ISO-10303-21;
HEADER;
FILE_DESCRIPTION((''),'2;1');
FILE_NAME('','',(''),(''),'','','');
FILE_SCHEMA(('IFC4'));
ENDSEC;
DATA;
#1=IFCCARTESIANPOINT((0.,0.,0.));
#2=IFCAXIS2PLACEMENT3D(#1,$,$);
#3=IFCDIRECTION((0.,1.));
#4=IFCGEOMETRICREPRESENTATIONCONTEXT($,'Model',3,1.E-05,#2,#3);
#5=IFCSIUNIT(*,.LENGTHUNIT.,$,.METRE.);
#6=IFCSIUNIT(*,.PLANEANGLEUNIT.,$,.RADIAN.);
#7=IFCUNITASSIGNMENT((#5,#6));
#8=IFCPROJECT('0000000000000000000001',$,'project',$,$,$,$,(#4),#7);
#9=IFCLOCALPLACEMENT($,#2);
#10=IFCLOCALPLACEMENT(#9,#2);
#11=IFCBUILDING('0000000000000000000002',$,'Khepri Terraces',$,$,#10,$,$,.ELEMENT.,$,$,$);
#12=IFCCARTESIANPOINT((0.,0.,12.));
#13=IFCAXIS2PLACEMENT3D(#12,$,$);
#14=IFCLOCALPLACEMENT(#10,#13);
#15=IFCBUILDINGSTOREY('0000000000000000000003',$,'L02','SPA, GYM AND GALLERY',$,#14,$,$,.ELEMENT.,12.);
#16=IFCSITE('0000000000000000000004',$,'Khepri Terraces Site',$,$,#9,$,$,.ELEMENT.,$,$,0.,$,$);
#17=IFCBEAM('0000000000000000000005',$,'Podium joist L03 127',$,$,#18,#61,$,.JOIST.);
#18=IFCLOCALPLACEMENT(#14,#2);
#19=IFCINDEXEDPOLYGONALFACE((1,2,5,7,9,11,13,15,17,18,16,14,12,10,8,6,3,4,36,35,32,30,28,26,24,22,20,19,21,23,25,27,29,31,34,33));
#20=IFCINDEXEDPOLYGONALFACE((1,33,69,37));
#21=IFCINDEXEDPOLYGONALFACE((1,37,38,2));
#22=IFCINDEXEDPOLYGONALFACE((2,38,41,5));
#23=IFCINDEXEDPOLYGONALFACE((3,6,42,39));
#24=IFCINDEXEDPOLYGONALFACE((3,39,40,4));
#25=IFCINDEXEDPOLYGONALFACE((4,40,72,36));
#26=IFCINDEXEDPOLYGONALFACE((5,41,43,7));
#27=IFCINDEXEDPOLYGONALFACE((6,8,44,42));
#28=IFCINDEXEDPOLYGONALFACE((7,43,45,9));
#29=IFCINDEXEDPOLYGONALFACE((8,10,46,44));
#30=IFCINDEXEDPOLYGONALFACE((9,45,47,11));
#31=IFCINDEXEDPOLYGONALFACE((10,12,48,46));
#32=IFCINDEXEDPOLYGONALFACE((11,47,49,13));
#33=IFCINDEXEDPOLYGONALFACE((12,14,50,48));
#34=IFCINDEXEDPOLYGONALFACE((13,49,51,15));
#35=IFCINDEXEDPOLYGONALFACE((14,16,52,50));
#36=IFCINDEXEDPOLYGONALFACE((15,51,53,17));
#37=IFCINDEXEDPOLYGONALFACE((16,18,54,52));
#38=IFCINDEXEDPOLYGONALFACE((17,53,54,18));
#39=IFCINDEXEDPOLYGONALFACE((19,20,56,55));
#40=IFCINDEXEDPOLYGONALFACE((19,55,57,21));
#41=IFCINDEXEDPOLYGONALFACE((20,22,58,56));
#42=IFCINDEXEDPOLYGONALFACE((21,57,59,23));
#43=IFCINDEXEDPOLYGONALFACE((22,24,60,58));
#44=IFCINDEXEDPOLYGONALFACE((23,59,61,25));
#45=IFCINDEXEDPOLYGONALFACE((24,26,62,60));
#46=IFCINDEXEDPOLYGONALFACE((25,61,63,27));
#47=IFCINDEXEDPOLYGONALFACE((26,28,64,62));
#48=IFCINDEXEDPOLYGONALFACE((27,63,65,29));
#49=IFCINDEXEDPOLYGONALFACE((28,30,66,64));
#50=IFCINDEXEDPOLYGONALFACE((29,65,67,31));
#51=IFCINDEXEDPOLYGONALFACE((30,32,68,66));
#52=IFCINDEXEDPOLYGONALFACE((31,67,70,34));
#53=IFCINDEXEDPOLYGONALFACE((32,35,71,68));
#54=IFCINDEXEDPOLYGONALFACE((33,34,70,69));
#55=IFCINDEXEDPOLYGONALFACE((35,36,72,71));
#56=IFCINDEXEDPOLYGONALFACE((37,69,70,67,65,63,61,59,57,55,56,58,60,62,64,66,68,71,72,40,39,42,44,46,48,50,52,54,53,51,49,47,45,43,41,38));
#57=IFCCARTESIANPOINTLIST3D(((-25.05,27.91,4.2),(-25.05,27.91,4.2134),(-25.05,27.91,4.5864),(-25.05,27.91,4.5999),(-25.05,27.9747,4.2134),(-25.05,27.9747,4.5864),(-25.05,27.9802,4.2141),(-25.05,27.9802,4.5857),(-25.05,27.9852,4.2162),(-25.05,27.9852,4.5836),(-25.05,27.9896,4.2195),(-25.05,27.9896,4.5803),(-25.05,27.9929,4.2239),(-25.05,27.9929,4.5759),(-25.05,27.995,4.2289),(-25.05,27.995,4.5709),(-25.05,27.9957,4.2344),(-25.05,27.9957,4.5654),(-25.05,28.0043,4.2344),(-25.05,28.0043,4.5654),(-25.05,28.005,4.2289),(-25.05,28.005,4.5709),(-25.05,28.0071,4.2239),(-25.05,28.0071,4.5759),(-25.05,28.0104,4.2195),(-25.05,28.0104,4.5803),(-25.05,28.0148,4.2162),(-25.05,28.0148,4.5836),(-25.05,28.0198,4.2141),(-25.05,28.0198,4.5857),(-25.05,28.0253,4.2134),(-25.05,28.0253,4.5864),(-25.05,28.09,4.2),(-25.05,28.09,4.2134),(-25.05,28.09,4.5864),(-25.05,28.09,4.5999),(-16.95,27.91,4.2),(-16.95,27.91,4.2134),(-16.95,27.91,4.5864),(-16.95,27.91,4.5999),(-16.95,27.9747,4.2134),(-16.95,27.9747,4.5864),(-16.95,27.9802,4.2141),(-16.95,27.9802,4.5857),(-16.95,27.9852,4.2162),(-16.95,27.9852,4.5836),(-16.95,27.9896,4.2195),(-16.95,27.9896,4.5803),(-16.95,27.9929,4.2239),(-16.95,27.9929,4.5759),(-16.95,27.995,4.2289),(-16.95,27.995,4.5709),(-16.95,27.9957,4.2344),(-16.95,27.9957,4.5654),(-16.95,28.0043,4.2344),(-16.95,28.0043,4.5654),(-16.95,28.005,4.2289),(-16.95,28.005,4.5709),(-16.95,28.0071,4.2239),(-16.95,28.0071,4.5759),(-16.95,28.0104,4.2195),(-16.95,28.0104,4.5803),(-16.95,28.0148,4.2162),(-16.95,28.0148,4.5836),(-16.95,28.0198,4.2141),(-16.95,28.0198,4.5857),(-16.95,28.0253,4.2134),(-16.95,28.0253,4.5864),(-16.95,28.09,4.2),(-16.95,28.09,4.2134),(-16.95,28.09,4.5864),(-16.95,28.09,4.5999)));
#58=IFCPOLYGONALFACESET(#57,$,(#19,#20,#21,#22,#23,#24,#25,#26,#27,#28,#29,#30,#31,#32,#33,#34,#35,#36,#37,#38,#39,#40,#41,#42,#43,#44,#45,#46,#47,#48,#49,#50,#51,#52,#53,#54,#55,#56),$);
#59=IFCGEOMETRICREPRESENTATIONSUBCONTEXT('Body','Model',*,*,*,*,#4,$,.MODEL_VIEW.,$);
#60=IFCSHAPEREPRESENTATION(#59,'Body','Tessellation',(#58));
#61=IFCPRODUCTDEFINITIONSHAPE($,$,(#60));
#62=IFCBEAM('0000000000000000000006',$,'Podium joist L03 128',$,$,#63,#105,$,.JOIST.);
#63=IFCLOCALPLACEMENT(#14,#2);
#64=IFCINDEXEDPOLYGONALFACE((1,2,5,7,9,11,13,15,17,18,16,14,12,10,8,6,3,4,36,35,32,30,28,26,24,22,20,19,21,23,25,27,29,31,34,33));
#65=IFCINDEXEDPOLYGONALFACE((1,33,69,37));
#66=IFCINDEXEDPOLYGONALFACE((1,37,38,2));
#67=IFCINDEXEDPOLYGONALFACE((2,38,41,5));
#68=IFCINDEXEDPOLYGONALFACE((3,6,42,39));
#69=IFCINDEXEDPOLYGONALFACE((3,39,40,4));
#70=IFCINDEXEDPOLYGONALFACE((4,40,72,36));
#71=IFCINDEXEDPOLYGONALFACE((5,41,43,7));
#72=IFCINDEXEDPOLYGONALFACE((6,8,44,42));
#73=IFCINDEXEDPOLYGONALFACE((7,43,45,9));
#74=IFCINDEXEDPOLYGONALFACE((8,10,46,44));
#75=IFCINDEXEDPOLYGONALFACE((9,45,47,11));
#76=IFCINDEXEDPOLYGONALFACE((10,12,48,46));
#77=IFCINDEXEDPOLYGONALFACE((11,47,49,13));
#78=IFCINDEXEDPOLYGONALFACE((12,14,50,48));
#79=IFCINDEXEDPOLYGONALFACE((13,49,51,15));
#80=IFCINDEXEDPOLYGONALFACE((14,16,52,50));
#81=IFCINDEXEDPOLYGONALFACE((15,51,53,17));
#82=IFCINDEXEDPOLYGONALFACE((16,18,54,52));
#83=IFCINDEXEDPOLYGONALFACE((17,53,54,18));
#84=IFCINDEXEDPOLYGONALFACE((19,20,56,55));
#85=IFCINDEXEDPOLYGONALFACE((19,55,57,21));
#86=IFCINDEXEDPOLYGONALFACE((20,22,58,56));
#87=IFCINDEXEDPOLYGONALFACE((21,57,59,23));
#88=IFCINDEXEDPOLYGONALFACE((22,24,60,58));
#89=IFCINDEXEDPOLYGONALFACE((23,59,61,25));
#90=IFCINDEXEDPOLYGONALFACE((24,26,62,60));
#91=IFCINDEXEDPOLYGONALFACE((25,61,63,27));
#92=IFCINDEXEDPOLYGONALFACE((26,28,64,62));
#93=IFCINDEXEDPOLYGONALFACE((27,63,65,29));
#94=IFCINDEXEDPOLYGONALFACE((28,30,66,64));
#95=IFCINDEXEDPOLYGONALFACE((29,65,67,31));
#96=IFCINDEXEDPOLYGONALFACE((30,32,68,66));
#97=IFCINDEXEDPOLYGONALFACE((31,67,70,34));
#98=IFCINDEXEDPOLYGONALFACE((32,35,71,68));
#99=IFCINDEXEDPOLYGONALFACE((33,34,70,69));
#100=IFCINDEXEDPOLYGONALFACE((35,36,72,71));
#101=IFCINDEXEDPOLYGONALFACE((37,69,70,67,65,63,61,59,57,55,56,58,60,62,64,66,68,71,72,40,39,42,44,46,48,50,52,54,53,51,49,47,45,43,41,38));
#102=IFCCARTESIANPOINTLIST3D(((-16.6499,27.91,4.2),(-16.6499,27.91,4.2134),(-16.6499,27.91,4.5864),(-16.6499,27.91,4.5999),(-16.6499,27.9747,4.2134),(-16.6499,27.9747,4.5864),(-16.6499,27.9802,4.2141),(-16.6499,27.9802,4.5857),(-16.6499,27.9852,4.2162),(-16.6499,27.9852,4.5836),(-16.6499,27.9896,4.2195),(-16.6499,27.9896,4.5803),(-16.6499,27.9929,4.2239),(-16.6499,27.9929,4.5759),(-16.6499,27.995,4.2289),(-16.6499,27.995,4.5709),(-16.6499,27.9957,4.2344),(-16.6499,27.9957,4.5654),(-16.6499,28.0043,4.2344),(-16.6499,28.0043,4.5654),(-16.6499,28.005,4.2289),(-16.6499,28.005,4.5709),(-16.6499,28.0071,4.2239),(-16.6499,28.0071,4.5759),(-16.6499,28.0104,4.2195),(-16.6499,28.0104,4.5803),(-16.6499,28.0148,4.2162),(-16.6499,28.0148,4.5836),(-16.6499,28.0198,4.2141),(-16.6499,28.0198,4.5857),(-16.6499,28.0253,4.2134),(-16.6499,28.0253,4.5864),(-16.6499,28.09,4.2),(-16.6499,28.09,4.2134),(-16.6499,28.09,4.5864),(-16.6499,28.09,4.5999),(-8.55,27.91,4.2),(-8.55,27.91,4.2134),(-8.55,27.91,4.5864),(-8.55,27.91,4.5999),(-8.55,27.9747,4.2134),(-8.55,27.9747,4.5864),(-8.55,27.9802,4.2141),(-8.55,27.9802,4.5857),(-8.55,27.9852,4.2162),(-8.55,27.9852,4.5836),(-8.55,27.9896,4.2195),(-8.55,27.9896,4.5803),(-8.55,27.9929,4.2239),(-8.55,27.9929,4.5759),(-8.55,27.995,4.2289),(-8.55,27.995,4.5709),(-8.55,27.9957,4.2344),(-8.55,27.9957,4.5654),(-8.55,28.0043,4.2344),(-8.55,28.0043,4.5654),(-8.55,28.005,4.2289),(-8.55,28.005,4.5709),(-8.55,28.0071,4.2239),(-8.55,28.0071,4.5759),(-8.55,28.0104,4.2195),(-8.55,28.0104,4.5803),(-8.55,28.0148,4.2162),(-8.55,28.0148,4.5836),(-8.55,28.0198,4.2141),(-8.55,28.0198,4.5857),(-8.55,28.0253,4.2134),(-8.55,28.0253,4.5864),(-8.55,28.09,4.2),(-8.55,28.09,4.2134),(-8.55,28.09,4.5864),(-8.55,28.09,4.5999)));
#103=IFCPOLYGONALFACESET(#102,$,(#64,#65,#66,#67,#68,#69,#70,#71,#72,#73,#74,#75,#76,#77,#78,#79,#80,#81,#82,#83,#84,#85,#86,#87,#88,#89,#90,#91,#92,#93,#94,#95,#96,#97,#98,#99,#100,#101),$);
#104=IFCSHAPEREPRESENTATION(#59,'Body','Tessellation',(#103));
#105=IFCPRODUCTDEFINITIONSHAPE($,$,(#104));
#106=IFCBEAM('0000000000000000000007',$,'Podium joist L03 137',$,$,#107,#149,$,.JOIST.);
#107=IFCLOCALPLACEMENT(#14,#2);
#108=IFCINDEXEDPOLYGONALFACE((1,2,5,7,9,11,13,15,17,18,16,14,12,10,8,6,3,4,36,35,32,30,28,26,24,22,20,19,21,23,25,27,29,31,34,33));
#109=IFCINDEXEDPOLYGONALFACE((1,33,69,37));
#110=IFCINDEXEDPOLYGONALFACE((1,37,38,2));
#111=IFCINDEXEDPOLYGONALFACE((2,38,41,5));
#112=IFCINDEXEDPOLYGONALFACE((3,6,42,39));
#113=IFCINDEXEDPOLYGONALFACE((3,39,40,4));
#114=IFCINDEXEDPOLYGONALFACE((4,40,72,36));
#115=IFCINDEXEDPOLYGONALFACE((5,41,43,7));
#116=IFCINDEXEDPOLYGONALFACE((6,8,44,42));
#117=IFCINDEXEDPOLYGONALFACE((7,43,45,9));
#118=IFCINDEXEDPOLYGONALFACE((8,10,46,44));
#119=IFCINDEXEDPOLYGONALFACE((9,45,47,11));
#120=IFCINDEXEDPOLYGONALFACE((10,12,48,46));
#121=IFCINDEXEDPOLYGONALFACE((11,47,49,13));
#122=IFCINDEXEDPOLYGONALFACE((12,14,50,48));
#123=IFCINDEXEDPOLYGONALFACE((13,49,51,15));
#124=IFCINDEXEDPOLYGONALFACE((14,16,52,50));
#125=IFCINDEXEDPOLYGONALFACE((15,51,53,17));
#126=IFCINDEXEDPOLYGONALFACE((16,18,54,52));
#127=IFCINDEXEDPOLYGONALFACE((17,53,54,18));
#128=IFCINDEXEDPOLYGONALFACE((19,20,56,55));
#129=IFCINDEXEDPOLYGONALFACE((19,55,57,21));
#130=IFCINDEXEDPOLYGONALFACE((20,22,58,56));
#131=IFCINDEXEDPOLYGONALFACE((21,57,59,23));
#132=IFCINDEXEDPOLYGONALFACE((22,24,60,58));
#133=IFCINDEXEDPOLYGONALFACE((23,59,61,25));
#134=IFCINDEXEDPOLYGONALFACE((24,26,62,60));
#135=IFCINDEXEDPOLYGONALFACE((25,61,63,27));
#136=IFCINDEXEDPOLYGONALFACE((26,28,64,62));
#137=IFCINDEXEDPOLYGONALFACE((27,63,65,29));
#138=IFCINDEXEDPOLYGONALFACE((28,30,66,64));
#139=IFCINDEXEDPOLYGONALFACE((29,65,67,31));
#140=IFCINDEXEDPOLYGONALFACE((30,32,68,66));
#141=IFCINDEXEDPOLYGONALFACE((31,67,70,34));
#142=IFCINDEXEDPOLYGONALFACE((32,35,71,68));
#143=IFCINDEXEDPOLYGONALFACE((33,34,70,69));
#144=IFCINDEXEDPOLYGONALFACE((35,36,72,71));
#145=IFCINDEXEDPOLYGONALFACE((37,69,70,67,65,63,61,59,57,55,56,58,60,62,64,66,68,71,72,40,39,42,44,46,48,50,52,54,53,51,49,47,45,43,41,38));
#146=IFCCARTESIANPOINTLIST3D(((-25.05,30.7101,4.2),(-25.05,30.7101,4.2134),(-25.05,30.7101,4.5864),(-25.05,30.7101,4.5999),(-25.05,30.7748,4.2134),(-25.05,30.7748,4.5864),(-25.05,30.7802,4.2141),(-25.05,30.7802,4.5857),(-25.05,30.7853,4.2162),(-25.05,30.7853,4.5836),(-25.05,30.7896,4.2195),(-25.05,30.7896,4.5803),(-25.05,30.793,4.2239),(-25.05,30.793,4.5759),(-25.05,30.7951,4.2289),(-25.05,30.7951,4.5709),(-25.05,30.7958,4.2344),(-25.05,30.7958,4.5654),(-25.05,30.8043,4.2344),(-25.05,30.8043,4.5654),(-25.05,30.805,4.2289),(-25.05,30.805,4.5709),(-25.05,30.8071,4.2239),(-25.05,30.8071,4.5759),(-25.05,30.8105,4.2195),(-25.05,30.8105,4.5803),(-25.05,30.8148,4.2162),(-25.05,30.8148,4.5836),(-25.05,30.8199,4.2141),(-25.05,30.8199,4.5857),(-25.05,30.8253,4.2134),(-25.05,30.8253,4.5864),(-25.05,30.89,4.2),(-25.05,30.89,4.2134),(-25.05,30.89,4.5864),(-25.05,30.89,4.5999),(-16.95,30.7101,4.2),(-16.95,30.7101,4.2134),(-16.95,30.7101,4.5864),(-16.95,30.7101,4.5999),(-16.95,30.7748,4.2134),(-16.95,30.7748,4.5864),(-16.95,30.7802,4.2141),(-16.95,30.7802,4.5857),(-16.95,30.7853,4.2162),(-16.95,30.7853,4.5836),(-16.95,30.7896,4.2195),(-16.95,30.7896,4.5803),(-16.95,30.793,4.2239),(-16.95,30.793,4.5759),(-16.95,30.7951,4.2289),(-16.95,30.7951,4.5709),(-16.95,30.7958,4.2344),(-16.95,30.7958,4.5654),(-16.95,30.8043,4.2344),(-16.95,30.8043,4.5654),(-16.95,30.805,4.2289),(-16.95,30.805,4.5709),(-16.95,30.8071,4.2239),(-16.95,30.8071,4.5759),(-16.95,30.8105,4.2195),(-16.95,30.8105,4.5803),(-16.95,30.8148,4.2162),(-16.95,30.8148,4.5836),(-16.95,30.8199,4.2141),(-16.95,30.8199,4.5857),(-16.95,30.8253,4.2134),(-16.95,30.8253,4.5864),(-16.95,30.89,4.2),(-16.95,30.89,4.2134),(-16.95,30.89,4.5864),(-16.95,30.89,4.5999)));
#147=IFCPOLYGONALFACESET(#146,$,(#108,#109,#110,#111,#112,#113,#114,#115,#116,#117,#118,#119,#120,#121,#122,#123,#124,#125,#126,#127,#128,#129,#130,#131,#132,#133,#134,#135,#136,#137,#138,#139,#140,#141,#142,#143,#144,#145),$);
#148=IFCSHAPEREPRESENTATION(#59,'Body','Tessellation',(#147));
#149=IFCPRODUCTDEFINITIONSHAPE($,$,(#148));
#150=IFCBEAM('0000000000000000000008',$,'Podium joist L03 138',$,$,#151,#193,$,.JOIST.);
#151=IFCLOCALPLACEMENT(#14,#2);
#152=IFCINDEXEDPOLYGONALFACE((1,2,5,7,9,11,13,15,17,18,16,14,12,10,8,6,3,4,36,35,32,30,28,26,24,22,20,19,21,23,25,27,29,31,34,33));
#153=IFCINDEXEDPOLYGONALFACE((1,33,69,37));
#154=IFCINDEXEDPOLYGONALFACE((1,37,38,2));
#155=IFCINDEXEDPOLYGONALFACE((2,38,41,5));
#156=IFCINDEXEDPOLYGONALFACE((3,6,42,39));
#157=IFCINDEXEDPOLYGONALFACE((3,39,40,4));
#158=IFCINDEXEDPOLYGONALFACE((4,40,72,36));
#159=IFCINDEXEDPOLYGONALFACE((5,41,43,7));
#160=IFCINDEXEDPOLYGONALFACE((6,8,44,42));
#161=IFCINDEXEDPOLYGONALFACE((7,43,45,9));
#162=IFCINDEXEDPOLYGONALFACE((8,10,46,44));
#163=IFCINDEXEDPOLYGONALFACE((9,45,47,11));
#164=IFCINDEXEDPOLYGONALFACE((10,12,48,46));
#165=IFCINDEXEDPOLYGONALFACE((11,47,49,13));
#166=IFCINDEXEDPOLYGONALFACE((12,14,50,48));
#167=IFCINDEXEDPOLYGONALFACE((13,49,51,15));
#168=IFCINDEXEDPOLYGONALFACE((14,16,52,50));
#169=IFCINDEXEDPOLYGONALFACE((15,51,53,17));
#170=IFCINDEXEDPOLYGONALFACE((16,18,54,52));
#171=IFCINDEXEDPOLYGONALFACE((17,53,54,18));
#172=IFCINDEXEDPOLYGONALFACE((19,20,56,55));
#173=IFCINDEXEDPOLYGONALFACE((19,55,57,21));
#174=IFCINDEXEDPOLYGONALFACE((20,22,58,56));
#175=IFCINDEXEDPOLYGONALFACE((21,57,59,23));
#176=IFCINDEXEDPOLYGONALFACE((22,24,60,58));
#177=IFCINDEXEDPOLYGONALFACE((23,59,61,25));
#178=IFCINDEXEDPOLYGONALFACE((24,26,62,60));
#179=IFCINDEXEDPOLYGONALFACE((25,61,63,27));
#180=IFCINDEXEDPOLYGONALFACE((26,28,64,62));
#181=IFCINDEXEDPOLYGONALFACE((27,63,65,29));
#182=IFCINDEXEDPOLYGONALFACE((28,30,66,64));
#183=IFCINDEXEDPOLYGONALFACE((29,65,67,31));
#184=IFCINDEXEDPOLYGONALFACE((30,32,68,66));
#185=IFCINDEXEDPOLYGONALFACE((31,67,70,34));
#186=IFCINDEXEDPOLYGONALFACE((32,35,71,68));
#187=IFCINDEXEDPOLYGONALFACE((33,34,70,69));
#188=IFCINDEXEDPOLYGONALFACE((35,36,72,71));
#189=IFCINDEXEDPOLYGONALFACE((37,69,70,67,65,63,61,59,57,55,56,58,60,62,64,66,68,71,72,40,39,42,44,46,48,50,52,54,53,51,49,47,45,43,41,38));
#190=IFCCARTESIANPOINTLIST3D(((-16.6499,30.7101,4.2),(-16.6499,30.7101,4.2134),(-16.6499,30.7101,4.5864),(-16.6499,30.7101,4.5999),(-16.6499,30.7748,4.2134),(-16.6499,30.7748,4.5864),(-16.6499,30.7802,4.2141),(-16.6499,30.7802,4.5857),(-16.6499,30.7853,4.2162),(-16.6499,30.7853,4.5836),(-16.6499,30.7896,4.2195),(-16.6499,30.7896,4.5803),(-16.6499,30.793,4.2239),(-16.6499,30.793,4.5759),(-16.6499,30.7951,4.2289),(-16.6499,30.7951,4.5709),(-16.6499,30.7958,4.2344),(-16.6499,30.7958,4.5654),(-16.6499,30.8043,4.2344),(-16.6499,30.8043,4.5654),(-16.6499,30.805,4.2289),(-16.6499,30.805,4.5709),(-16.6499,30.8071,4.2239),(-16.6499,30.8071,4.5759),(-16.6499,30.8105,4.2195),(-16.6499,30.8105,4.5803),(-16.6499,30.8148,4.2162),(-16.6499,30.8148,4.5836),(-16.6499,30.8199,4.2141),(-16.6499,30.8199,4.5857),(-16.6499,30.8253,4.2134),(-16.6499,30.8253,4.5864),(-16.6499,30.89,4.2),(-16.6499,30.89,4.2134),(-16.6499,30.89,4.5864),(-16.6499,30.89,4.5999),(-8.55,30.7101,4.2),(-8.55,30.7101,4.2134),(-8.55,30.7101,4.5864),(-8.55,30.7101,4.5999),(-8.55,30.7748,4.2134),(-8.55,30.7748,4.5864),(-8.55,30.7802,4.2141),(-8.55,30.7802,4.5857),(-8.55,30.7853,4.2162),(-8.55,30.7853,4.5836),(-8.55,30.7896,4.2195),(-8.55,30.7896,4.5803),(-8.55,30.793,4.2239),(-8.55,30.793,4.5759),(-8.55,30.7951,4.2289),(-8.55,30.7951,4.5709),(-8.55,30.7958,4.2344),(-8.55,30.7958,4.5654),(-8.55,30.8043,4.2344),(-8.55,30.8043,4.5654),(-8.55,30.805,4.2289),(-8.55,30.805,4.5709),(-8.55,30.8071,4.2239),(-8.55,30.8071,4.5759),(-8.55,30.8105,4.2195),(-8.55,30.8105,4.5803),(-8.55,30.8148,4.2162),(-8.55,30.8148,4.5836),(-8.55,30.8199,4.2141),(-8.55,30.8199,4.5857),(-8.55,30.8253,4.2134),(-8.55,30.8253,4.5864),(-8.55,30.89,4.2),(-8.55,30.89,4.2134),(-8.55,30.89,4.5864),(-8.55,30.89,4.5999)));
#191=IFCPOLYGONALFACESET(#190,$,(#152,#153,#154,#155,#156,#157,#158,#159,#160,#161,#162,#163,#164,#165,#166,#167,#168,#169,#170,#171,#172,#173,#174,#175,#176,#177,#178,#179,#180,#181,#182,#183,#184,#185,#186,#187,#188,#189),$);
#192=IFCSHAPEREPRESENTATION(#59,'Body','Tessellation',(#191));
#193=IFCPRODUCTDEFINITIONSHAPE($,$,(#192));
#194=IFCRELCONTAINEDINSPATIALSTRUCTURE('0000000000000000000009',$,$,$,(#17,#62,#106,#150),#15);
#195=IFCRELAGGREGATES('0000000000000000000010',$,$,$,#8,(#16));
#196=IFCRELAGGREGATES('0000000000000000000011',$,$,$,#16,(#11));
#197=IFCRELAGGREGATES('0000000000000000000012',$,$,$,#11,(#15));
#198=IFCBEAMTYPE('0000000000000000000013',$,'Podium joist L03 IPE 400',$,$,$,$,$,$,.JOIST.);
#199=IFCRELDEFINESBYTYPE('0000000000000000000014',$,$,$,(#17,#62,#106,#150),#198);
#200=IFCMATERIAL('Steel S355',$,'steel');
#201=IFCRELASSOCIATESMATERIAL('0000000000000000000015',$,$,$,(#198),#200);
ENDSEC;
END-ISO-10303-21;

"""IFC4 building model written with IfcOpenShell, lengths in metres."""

from ifc_helpers import new_model, si_unit, direction, frame, origin, origin_2d, place, context, subcontext, project, spatial, i_section, extrude, material, material_profile, profile_set, type_object, element, save


model = new_model("IFC4")

# Units and contexts
model_context = context("Model", 3, precision=1e-05, world=origin(), true_north=direction((0.0, 1.0)))
body_context = subcontext(model_context, "Body", "Model", "MODEL_VIEW")
ifc_project = project(units=[si_unit("LENGTHUNIT", "METRE"), si_unit("PLANEANGLEUNIT", "RADIAN")], contexts=[model_context])

# Site, building, storey
site_placement = place(None, origin())
site = spatial("IfcSite", under=ifc_project, at=site_placement, Name="Khepri Terraces Site", CompositionType="ELEMENT", RefElevation=0.0)
building_placement = place(site_placement, origin())
building = spatial("IfcBuilding", under=site, at=building_placement, Name="Khepri Terraces", CompositionType="ELEMENT")
storey_placement = place(building_placement, frame((0.0, 0.0, 12.0)))
storey = spatial("IfcBuildingStorey", under=building, at=storey_placement, Name="L02", Description="SPA, GYM AND GALLERY", CompositionType="ELEMENT", Elevation=12.0)

# Beams
ifc_material_1 = material(Name="Steel S355", Category="steel")
ifc_material_profile_1 = material_profile(ifc_material_1, i_section(OverallWidth=0.1799, OverallDepth=0.3999, WebThickness=0.0085, FlangeThickness=0.0134, FilletRadius=0.021, at=origin_2d()), Name="Steel S355", Category="steel")
ifc_profile_set_1 = profile_set([ifc_material_profile_1], Name="Steel S355")
beam_type_1 = type_object("IfcBeamType", Name="Podium joist L03 IPE 400", PredefinedType="JOIST", material=ifc_profile_set_1)
beam_1_placement = place(storey_placement, frame((-25.05, 28.0, 4.3999), z_axis=(1.0, 0.0, 0.0), x_axis=(0.0, 1.0, 0.0)))
element("IfcBeam", 1, at=beam_1_placement, inside=storey, type_object=beam_type_1, Name="Podium joist L03 127", PredefinedType="JOIST", context=body_context, shape_type="SweptSolid", body=[
    extrude(i_section(OverallWidth=0.1799, OverallDepth=0.3999, WebThickness=0.0085, FlangeThickness=0.0134, FilletRadius=0.021, at=origin_2d()), origin(), (0.0, 0.0, 1.0), 8.1001),
])
beam_2_placement = place(storey_placement, frame((-16.6499, 28.0, 4.3999), z_axis=(1.0, 0.0, 0.0), x_axis=(0.0, 1.0, 0.0)))
element("IfcBeam", 2, at=beam_2_placement, inside=storey, type_object=beam_type_1, Name="Podium joist L03 128", PredefinedType="JOIST", context=body_context, shape_type="SweptSolid", body=[
    extrude(i_section(OverallWidth=0.1799, OverallDepth=0.3999, WebThickness=0.0085, FlangeThickness=0.0134, FilletRadius=0.021, at=origin_2d()), origin(), (0.0, 0.0, 1.0), 8.0999),
])
beam_3_placement = place(storey_placement, frame((-25.05, 30.8, 4.3999), z_axis=(1.0, 0.0, 0.0), x_axis=(0.0, 1.0, 0.0)))
element("IfcBeam", 3, at=beam_3_placement, inside=storey, type_object=beam_type_1, Name="Podium joist L03 137", PredefinedType="JOIST", context=body_context, shape_type="SweptSolid", body=[
    extrude(i_section(OverallWidth=0.1799, OverallDepth=0.3999, WebThickness=0.0085, FlangeThickness=0.0134, FilletRadius=0.021, at=origin_2d()), origin(), (0.0, 0.0, 1.0), 8.1001),
])
beam_4_placement = place(storey_placement, frame((-16.6499, 30.8, 4.3999), z_axis=(1.0, 0.0, 0.0), x_axis=(0.0, 1.0, 0.0)))
element("IfcBeam", 4, at=beam_4_placement, inside=storey, type_object=beam_type_1, Name="Podium joist L03 138", PredefinedType="JOIST", context=body_context, shape_type="SweptSolid", body=[
    extrude(i_section(OverallWidth=0.1799, OverallDepth=0.3999, WebThickness=0.0085, FlangeThickness=0.0134, FilletRadius=0.021, at=origin_2d()), origin(), (0.0, 0.0, 1.0), 8.0999),
])

save(model, "model.ifc")
